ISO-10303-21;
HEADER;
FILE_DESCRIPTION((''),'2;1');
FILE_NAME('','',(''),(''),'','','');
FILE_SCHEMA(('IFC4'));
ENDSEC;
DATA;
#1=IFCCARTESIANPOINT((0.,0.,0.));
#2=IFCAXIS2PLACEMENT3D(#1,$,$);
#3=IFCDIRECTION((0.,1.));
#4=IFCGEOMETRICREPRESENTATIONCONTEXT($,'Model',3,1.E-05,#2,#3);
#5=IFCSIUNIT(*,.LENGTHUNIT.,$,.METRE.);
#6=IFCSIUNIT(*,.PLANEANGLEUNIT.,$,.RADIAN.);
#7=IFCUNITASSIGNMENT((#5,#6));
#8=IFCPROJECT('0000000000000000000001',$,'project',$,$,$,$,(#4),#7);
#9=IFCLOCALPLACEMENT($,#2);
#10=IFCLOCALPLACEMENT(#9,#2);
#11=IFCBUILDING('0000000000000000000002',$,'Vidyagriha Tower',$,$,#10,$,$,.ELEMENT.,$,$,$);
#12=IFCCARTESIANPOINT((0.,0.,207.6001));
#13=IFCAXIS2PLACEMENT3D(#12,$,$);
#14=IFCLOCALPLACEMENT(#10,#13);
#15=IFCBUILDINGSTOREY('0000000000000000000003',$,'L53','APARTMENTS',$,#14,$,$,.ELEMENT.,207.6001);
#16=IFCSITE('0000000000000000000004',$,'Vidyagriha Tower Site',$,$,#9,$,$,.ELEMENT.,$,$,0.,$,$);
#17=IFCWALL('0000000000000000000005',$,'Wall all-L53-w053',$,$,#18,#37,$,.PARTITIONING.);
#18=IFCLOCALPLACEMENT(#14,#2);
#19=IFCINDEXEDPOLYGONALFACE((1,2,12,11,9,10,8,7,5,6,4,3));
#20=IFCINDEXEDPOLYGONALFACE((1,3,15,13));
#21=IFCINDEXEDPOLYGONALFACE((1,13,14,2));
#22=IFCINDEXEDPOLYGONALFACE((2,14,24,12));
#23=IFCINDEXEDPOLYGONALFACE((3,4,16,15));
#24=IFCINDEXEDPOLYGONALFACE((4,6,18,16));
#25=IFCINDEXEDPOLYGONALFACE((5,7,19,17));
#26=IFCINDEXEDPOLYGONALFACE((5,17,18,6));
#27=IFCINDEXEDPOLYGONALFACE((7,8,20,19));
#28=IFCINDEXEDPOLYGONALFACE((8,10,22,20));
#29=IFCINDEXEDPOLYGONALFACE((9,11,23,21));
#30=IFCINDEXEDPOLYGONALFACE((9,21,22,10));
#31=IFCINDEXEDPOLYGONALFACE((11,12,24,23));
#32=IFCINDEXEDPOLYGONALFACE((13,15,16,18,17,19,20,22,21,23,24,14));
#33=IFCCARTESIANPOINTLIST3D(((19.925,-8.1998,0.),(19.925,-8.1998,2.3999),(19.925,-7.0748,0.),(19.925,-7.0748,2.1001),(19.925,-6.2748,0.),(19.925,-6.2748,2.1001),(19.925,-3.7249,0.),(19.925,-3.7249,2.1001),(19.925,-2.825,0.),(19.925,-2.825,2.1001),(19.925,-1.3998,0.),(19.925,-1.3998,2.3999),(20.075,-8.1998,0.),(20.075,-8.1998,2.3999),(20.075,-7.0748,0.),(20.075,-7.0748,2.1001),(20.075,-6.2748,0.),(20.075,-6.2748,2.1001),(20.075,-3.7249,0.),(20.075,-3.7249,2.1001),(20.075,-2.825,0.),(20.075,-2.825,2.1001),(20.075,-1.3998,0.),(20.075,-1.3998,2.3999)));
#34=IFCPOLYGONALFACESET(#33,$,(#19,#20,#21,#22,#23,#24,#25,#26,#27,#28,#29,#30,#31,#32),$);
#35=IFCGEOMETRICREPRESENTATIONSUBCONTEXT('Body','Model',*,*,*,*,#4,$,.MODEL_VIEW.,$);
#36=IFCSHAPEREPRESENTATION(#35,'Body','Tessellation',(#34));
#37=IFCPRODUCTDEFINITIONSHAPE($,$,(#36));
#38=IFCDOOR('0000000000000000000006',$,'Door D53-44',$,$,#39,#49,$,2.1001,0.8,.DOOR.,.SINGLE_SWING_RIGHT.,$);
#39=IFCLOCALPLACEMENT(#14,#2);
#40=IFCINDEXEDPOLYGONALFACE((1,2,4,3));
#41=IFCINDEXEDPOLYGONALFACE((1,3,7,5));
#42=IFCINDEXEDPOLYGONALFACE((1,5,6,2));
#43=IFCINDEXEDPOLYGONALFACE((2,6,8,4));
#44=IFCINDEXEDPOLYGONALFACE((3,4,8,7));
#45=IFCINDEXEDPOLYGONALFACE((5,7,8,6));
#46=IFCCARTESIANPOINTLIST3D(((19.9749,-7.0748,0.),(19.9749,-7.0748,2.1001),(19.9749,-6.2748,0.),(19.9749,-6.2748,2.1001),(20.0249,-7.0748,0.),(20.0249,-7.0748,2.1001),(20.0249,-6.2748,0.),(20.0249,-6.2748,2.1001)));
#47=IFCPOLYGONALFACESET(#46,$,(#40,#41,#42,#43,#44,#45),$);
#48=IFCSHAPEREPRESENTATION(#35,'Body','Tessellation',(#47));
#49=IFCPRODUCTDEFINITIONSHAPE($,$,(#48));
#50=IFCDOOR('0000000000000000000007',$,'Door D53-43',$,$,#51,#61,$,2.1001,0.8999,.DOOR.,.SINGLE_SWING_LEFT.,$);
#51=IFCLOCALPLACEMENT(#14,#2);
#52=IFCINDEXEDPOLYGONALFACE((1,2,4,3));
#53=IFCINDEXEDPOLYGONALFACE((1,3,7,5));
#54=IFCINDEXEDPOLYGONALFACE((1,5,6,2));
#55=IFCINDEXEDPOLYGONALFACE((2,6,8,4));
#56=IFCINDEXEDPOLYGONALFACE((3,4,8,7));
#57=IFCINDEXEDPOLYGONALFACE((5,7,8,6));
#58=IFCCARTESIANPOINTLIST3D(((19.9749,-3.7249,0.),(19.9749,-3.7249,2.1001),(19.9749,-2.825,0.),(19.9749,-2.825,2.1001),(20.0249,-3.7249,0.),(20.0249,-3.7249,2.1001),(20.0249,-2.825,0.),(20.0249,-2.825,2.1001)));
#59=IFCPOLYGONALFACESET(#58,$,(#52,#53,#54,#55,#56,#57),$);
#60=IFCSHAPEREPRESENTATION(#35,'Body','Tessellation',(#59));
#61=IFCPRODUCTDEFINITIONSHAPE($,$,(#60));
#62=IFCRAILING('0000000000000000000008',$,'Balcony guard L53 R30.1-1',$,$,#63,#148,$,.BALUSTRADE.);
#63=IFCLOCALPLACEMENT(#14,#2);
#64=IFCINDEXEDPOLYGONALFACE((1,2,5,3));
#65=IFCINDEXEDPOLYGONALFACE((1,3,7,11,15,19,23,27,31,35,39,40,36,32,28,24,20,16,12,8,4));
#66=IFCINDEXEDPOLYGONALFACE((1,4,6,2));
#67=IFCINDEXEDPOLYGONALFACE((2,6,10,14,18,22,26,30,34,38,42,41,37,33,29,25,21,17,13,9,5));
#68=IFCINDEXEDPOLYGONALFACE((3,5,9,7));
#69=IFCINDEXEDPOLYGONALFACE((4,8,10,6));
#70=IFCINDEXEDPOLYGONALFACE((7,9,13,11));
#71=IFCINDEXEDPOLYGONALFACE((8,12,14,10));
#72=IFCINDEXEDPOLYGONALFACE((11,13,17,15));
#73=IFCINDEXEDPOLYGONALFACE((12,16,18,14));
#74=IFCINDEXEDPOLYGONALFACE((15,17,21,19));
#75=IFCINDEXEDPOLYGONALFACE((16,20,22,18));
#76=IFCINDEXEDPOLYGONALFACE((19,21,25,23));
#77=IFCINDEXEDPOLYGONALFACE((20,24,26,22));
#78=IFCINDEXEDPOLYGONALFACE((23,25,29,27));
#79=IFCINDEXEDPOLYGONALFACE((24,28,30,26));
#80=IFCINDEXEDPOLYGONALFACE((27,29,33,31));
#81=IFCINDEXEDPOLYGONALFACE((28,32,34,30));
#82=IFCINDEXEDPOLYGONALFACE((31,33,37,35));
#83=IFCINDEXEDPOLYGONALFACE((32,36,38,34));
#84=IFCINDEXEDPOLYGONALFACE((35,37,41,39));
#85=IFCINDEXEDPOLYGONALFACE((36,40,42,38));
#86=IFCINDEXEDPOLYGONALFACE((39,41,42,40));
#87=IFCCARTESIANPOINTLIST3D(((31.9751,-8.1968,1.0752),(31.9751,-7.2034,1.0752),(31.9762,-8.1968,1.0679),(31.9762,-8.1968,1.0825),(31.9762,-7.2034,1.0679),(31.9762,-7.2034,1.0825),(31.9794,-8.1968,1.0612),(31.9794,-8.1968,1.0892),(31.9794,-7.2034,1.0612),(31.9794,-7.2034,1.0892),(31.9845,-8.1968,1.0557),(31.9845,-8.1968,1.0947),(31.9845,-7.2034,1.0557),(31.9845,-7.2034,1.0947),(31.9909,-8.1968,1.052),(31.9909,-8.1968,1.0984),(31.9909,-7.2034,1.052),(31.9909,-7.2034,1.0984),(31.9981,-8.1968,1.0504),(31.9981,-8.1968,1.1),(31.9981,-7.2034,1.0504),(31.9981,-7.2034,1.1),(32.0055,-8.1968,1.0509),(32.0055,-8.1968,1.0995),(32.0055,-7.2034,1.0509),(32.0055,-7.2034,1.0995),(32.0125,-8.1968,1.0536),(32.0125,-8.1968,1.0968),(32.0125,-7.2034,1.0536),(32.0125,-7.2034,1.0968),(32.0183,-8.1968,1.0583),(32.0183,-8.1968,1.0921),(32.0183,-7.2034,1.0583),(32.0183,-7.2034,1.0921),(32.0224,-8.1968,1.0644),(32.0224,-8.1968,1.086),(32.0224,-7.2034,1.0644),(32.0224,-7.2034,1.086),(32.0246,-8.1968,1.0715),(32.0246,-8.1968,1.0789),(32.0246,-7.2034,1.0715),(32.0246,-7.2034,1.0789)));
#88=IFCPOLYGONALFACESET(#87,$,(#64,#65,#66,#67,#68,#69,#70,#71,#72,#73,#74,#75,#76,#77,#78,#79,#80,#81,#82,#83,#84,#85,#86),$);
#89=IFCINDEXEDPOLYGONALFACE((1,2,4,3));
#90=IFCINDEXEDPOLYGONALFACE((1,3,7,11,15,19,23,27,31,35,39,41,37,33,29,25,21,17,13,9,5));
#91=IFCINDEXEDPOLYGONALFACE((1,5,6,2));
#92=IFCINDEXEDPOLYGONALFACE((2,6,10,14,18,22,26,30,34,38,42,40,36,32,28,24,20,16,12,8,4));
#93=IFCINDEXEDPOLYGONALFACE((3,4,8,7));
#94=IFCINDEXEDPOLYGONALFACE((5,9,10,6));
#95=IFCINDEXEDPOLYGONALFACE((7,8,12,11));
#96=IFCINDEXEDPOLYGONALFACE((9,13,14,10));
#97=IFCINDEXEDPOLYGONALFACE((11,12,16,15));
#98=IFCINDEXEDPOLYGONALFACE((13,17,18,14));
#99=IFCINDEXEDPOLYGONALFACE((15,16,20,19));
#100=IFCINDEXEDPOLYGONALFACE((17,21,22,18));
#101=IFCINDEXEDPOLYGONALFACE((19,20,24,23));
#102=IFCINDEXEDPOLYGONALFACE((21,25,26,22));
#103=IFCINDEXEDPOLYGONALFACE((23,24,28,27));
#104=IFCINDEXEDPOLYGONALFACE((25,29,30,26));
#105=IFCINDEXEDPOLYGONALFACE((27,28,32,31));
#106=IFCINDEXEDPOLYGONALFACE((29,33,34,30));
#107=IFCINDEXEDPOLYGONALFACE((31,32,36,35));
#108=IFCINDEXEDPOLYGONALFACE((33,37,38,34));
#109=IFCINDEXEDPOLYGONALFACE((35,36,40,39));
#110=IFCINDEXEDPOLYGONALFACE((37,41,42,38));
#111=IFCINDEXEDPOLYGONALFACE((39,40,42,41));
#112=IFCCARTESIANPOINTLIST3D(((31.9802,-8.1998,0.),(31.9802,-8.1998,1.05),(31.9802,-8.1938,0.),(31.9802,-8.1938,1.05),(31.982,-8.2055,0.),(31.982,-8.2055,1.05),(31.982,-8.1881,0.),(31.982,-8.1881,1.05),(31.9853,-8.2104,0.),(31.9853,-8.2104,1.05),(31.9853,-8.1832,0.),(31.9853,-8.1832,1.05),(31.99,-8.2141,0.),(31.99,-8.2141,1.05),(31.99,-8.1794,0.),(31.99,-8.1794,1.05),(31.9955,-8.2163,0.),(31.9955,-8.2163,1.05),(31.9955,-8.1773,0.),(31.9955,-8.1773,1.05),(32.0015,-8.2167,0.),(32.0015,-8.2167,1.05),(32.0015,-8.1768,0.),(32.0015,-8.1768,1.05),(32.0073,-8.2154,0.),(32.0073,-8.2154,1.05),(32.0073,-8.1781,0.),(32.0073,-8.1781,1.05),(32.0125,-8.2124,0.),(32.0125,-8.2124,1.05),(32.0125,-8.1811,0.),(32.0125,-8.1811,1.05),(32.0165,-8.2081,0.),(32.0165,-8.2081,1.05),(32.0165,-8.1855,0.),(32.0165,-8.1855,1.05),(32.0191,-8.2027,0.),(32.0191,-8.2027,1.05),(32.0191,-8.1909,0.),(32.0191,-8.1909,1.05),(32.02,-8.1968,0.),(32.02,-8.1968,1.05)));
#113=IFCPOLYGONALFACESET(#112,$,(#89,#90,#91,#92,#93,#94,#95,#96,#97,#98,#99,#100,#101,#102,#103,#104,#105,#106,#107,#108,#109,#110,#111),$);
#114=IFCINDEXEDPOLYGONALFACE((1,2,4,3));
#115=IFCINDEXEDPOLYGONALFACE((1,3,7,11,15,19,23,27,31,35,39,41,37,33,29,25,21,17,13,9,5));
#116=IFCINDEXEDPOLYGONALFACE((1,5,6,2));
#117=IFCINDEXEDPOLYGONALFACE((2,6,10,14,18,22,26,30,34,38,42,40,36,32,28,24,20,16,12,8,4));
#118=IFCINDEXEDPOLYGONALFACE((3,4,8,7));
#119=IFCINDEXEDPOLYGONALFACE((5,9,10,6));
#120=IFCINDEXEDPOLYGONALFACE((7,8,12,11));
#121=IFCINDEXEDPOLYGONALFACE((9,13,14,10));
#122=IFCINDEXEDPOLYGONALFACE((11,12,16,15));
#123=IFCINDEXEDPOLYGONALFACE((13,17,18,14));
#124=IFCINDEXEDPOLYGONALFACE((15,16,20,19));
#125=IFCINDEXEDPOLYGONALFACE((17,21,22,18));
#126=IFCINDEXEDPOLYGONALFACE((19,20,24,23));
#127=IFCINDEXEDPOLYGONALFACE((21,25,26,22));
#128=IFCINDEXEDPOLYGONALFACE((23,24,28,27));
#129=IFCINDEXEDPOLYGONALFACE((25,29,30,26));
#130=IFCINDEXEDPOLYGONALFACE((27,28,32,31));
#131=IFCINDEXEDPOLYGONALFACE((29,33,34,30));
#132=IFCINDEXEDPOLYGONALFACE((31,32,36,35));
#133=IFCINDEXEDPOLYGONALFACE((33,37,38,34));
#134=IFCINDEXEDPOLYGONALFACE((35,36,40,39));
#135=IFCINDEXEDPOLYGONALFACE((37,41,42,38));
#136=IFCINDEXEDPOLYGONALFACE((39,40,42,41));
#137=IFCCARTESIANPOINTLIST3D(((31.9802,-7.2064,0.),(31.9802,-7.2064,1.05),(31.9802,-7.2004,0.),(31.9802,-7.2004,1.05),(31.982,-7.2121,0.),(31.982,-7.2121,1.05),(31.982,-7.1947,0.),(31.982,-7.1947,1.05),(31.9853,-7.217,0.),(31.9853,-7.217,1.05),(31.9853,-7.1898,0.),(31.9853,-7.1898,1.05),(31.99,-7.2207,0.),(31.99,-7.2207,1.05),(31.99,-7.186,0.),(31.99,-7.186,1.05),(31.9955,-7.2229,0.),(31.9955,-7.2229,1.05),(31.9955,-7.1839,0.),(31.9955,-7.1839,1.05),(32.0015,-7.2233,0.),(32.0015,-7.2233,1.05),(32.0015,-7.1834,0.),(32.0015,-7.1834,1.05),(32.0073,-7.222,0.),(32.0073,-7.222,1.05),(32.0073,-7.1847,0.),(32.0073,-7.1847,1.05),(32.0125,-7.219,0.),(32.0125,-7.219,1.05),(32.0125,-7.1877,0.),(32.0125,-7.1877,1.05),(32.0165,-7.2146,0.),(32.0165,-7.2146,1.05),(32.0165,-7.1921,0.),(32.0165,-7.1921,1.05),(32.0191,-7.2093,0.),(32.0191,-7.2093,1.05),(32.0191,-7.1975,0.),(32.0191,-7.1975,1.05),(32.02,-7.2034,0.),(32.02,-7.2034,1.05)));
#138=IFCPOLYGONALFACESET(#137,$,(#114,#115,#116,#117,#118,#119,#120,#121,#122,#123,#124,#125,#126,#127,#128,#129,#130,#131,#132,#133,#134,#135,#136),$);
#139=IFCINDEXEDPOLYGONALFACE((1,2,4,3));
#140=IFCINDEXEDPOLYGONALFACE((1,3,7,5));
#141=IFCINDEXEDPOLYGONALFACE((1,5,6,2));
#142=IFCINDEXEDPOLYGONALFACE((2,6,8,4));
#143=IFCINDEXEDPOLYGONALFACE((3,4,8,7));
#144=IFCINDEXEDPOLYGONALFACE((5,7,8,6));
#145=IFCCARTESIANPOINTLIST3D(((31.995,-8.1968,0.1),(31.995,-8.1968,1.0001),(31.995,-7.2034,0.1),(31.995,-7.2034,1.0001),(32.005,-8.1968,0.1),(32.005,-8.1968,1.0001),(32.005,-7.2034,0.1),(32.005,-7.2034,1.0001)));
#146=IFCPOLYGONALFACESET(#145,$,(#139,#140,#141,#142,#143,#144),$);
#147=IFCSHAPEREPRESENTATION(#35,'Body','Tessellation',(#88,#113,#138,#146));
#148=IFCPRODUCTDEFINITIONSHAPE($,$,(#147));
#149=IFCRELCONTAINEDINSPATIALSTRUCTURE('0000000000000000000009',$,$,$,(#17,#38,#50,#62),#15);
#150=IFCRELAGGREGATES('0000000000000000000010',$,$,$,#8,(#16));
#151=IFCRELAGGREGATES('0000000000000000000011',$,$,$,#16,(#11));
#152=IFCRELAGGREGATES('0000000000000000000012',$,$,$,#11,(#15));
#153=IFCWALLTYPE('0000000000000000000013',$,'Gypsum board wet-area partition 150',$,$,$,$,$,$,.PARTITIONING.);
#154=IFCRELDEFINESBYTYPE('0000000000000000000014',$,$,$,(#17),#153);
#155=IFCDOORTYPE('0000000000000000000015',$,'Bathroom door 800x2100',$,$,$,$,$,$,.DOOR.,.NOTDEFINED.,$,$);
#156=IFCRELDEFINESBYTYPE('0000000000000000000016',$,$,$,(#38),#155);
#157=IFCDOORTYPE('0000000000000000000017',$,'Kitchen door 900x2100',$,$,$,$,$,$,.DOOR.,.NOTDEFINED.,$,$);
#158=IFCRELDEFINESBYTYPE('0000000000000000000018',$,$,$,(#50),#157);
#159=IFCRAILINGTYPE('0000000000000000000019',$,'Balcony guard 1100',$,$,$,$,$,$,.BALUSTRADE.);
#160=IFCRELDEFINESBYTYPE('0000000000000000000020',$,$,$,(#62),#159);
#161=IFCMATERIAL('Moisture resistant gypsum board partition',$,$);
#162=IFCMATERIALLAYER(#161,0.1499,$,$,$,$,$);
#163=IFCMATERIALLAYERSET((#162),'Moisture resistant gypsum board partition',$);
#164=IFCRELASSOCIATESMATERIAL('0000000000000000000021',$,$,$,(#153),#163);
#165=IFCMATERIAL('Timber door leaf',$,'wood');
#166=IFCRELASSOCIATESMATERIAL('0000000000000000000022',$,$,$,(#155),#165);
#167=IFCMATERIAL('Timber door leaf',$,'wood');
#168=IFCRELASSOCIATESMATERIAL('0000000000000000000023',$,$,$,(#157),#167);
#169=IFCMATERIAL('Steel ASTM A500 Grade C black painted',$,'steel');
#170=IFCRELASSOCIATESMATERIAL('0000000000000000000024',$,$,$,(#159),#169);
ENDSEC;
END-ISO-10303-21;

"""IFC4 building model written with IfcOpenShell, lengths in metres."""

from ifc_helpers import new_model, si_unit, direction, frame, frame_2d, origin, origin_2d, place, context, subcontext, project, spatial, rectangle, circle, extrude, material, layer, layer_set, type_object, element, fill, save


model = new_model("IFC4")

# Units and contexts
model_context = context("Model", 3, precision=1e-05, world=origin(), true_north=direction((0.0, 1.0)))
body_context = subcontext(model_context, "Body", "Model", "MODEL_VIEW")
ifc_project = project(units=[si_unit("LENGTHUNIT", "METRE"), si_unit("PLANEANGLEUNIT", "RADIAN")], contexts=[model_context])

# Site, building, storey
site_placement = place(None, origin())
site = spatial("IfcSite", under=ifc_project, at=site_placement, Name="Vidyagriha Tower Site", CompositionType="ELEMENT", RefElevation=0.0)
building_placement = place(site_placement, origin())
building = spatial("IfcBuilding", under=site, at=building_placement, Name="Vidyagriha Tower", CompositionType="ELEMENT")
storey_placement = place(building_placement, frame((0.0, 0.0, 207.6001)))
storey = spatial("IfcBuildingStorey", under=building, at=storey_placement, Name="L53", Description="APARTMENTS", CompositionType="ELEMENT", Elevation=207.6001)

# Wall, openings, doors
ifc_material_1 = material(Name="Moisture resistant gypsum board partition")
ifc_layer_1 = layer(ifc_material_1, 0.1499)
ifc_layer_set_1 = layer_set([ifc_layer_1], Name="Moisture resistant gypsum board partition")
wall_type_1 = type_object("IfcWallType", Name="Gypsum board wet-area partition 150", PredefinedType="PARTITIONING", material=ifc_layer_set_1)
wall_1_placement = place(storey_placement, frame((20.0, -1.3999, 0.0), z_axis=(0.0, 0.0, 1.0), x_axis=(0.0, -1.0, 0.0)))
wall_1 = element("IfcWall", 1, at=wall_1_placement, inside=storey, type_object=wall_type_1, Name="Wall all-L53-w053", PredefinedType="PARTITIONING", context=body_context, shape_type="SweptSolid", body=[
    extrude(rectangle(XDim=6.8, YDim=0.1499, at=frame_2d((3.3999, 0.0))), origin(), (0.0, 0.0, 1.0), 2.3999),
])
opening_1_placement = place(wall_1_placement, frame((1.425, 0.0, 0.0)))
opening_1 = element("IfcOpeningElement", 2, at=opening_1_placement, cuts=wall_1, PredefinedType="OPENING", context=body_context, shape_type="SweptSolid", body=[
    extrude(rectangle(XDim=0.8999, YDim=2.1001, at=frame_2d((0.45, 1.05))), frame((0.0, 0.085, 0.0), z_axis=(0.0, -1.0, 0.0), x_axis=(1.0, 0.0, 0.0)), (0.0, 0.0, 1.0), 0.1699),
])
opening_2_placement = place(wall_1_placement, frame((4.875, 0.0, 0.0)))
opening_2 = element("IfcOpeningElement", 3, at=opening_2_placement, cuts=wall_1, PredefinedType="OPENING", context=body_context, shape_type="SweptSolid", body=[
    extrude(rectangle(XDim=0.8, YDim=2.1001, at=frame_2d((0.3999, 1.05))), frame((0.0, 0.085, 0.0), z_axis=(0.0, -1.0, 0.0), x_axis=(1.0, 0.0, 0.0)), (0.0, 0.0, 1.0), 0.1699),
])
ifc_material_2 = material(Name="Timber door leaf", Category="wood")
door_type_1 = type_object("IfcDoorType", Name="Bathroom door 800x2100", OperationType="NOTDEFINED", PredefinedType="DOOR", material=ifc_material_2)
door_1_placement = place(opening_2_placement, origin())
door_1 = element("IfcDoor", 4, at=door_1_placement, inside=storey, type_object=door_type_1, Name="Door D53-44", OperationType="SINGLE_SWING_RIGHT", OverallHeight=2.1001, OverallWidth=0.8, PredefinedType="DOOR", context=body_context, shape_type="SweptSolid", body=[
    extrude(rectangle(XDim=0.8, YDim=2.1001, at=frame_2d((0.3999, 1.05))), frame((0.0, 0.0249, 0.0), z_axis=(0.0, -1.0, 0.0), x_axis=(1.0, 0.0, 0.0)), (0.0, 0.0, 1.0), 0.05),
])
fill(opening_2, door_1)
ifc_material_3 = material(Name="Timber door leaf", Category="wood")
door_type_2 = type_object("IfcDoorType", Name="Kitchen door 900x2100", OperationType="NOTDEFINED", PredefinedType="DOOR", material=ifc_material_3)
door_2_placement = place(opening_1_placement, origin())
door_2 = element("IfcDoor", 5, at=door_2_placement, inside=storey, type_object=door_type_2, Name="Door D53-43", OperationType="SINGLE_SWING_LEFT", OverallHeight=2.1001, OverallWidth=0.8999, PredefinedType="DOOR", context=body_context, shape_type="SweptSolid", body=[
    extrude(rectangle(XDim=0.8999, YDim=2.1001, at=frame_2d((0.45, 1.05))), frame((0.0, 0.0249, 0.0), z_axis=(0.0, -1.0, 0.0), x_axis=(1.0, 0.0, 0.0)), (0.0, 0.0, 1.0), 0.05),
])
fill(opening_1, door_2)

# Railing
ifc_material_4 = material(Name="Steel ASTM A500 Grade C black painted", Category="steel")
railing_type = type_object("IfcRailingType", Name="Balcony guard 1100", PredefinedType="BALUSTRADE", material=ifc_material_4)
railing_1_placement = place(storey_placement, frame((32.0, -8.1968, 0.0)))
element("IfcRailing", 6, at=railing_1_placement, inside=storey, type_object=railing_type, Name="Balcony guard L53 R30.1-1", PredefinedType="BALUSTRADE", context=body_context, shape_type="SweptSolid", body=[
    extrude(circle(Radius=0.0249, at=origin_2d()), frame((0.0, 0.0, 1.0752), z_axis=(0.0, 1.0, 0.0), x_axis=(-1.0, 0.0, 0.0)), (0.0, 0.0, 1.0), 0.9934),
    extrude(circle(Radius=0.02, at=origin_2d()), origin(), (0.0, 0.0, 1.0), 1.05),
    extrude(circle(Radius=0.02, at=origin_2d()), frame((0.0, 0.9934, 0.0)), (0.0, 0.0, 1.0), 1.05),
    extrude(rectangle(XDim=0.01, YDim=0.9001, at=origin_2d()), frame((0.0, 0.0, 0.55), z_axis=(0.0, 1.0, 0.0), x_axis=(-1.0, 0.0, 0.0)), (0.0, 0.0, 1.0), 0.9934),
])

save(model, "model.ifc")
